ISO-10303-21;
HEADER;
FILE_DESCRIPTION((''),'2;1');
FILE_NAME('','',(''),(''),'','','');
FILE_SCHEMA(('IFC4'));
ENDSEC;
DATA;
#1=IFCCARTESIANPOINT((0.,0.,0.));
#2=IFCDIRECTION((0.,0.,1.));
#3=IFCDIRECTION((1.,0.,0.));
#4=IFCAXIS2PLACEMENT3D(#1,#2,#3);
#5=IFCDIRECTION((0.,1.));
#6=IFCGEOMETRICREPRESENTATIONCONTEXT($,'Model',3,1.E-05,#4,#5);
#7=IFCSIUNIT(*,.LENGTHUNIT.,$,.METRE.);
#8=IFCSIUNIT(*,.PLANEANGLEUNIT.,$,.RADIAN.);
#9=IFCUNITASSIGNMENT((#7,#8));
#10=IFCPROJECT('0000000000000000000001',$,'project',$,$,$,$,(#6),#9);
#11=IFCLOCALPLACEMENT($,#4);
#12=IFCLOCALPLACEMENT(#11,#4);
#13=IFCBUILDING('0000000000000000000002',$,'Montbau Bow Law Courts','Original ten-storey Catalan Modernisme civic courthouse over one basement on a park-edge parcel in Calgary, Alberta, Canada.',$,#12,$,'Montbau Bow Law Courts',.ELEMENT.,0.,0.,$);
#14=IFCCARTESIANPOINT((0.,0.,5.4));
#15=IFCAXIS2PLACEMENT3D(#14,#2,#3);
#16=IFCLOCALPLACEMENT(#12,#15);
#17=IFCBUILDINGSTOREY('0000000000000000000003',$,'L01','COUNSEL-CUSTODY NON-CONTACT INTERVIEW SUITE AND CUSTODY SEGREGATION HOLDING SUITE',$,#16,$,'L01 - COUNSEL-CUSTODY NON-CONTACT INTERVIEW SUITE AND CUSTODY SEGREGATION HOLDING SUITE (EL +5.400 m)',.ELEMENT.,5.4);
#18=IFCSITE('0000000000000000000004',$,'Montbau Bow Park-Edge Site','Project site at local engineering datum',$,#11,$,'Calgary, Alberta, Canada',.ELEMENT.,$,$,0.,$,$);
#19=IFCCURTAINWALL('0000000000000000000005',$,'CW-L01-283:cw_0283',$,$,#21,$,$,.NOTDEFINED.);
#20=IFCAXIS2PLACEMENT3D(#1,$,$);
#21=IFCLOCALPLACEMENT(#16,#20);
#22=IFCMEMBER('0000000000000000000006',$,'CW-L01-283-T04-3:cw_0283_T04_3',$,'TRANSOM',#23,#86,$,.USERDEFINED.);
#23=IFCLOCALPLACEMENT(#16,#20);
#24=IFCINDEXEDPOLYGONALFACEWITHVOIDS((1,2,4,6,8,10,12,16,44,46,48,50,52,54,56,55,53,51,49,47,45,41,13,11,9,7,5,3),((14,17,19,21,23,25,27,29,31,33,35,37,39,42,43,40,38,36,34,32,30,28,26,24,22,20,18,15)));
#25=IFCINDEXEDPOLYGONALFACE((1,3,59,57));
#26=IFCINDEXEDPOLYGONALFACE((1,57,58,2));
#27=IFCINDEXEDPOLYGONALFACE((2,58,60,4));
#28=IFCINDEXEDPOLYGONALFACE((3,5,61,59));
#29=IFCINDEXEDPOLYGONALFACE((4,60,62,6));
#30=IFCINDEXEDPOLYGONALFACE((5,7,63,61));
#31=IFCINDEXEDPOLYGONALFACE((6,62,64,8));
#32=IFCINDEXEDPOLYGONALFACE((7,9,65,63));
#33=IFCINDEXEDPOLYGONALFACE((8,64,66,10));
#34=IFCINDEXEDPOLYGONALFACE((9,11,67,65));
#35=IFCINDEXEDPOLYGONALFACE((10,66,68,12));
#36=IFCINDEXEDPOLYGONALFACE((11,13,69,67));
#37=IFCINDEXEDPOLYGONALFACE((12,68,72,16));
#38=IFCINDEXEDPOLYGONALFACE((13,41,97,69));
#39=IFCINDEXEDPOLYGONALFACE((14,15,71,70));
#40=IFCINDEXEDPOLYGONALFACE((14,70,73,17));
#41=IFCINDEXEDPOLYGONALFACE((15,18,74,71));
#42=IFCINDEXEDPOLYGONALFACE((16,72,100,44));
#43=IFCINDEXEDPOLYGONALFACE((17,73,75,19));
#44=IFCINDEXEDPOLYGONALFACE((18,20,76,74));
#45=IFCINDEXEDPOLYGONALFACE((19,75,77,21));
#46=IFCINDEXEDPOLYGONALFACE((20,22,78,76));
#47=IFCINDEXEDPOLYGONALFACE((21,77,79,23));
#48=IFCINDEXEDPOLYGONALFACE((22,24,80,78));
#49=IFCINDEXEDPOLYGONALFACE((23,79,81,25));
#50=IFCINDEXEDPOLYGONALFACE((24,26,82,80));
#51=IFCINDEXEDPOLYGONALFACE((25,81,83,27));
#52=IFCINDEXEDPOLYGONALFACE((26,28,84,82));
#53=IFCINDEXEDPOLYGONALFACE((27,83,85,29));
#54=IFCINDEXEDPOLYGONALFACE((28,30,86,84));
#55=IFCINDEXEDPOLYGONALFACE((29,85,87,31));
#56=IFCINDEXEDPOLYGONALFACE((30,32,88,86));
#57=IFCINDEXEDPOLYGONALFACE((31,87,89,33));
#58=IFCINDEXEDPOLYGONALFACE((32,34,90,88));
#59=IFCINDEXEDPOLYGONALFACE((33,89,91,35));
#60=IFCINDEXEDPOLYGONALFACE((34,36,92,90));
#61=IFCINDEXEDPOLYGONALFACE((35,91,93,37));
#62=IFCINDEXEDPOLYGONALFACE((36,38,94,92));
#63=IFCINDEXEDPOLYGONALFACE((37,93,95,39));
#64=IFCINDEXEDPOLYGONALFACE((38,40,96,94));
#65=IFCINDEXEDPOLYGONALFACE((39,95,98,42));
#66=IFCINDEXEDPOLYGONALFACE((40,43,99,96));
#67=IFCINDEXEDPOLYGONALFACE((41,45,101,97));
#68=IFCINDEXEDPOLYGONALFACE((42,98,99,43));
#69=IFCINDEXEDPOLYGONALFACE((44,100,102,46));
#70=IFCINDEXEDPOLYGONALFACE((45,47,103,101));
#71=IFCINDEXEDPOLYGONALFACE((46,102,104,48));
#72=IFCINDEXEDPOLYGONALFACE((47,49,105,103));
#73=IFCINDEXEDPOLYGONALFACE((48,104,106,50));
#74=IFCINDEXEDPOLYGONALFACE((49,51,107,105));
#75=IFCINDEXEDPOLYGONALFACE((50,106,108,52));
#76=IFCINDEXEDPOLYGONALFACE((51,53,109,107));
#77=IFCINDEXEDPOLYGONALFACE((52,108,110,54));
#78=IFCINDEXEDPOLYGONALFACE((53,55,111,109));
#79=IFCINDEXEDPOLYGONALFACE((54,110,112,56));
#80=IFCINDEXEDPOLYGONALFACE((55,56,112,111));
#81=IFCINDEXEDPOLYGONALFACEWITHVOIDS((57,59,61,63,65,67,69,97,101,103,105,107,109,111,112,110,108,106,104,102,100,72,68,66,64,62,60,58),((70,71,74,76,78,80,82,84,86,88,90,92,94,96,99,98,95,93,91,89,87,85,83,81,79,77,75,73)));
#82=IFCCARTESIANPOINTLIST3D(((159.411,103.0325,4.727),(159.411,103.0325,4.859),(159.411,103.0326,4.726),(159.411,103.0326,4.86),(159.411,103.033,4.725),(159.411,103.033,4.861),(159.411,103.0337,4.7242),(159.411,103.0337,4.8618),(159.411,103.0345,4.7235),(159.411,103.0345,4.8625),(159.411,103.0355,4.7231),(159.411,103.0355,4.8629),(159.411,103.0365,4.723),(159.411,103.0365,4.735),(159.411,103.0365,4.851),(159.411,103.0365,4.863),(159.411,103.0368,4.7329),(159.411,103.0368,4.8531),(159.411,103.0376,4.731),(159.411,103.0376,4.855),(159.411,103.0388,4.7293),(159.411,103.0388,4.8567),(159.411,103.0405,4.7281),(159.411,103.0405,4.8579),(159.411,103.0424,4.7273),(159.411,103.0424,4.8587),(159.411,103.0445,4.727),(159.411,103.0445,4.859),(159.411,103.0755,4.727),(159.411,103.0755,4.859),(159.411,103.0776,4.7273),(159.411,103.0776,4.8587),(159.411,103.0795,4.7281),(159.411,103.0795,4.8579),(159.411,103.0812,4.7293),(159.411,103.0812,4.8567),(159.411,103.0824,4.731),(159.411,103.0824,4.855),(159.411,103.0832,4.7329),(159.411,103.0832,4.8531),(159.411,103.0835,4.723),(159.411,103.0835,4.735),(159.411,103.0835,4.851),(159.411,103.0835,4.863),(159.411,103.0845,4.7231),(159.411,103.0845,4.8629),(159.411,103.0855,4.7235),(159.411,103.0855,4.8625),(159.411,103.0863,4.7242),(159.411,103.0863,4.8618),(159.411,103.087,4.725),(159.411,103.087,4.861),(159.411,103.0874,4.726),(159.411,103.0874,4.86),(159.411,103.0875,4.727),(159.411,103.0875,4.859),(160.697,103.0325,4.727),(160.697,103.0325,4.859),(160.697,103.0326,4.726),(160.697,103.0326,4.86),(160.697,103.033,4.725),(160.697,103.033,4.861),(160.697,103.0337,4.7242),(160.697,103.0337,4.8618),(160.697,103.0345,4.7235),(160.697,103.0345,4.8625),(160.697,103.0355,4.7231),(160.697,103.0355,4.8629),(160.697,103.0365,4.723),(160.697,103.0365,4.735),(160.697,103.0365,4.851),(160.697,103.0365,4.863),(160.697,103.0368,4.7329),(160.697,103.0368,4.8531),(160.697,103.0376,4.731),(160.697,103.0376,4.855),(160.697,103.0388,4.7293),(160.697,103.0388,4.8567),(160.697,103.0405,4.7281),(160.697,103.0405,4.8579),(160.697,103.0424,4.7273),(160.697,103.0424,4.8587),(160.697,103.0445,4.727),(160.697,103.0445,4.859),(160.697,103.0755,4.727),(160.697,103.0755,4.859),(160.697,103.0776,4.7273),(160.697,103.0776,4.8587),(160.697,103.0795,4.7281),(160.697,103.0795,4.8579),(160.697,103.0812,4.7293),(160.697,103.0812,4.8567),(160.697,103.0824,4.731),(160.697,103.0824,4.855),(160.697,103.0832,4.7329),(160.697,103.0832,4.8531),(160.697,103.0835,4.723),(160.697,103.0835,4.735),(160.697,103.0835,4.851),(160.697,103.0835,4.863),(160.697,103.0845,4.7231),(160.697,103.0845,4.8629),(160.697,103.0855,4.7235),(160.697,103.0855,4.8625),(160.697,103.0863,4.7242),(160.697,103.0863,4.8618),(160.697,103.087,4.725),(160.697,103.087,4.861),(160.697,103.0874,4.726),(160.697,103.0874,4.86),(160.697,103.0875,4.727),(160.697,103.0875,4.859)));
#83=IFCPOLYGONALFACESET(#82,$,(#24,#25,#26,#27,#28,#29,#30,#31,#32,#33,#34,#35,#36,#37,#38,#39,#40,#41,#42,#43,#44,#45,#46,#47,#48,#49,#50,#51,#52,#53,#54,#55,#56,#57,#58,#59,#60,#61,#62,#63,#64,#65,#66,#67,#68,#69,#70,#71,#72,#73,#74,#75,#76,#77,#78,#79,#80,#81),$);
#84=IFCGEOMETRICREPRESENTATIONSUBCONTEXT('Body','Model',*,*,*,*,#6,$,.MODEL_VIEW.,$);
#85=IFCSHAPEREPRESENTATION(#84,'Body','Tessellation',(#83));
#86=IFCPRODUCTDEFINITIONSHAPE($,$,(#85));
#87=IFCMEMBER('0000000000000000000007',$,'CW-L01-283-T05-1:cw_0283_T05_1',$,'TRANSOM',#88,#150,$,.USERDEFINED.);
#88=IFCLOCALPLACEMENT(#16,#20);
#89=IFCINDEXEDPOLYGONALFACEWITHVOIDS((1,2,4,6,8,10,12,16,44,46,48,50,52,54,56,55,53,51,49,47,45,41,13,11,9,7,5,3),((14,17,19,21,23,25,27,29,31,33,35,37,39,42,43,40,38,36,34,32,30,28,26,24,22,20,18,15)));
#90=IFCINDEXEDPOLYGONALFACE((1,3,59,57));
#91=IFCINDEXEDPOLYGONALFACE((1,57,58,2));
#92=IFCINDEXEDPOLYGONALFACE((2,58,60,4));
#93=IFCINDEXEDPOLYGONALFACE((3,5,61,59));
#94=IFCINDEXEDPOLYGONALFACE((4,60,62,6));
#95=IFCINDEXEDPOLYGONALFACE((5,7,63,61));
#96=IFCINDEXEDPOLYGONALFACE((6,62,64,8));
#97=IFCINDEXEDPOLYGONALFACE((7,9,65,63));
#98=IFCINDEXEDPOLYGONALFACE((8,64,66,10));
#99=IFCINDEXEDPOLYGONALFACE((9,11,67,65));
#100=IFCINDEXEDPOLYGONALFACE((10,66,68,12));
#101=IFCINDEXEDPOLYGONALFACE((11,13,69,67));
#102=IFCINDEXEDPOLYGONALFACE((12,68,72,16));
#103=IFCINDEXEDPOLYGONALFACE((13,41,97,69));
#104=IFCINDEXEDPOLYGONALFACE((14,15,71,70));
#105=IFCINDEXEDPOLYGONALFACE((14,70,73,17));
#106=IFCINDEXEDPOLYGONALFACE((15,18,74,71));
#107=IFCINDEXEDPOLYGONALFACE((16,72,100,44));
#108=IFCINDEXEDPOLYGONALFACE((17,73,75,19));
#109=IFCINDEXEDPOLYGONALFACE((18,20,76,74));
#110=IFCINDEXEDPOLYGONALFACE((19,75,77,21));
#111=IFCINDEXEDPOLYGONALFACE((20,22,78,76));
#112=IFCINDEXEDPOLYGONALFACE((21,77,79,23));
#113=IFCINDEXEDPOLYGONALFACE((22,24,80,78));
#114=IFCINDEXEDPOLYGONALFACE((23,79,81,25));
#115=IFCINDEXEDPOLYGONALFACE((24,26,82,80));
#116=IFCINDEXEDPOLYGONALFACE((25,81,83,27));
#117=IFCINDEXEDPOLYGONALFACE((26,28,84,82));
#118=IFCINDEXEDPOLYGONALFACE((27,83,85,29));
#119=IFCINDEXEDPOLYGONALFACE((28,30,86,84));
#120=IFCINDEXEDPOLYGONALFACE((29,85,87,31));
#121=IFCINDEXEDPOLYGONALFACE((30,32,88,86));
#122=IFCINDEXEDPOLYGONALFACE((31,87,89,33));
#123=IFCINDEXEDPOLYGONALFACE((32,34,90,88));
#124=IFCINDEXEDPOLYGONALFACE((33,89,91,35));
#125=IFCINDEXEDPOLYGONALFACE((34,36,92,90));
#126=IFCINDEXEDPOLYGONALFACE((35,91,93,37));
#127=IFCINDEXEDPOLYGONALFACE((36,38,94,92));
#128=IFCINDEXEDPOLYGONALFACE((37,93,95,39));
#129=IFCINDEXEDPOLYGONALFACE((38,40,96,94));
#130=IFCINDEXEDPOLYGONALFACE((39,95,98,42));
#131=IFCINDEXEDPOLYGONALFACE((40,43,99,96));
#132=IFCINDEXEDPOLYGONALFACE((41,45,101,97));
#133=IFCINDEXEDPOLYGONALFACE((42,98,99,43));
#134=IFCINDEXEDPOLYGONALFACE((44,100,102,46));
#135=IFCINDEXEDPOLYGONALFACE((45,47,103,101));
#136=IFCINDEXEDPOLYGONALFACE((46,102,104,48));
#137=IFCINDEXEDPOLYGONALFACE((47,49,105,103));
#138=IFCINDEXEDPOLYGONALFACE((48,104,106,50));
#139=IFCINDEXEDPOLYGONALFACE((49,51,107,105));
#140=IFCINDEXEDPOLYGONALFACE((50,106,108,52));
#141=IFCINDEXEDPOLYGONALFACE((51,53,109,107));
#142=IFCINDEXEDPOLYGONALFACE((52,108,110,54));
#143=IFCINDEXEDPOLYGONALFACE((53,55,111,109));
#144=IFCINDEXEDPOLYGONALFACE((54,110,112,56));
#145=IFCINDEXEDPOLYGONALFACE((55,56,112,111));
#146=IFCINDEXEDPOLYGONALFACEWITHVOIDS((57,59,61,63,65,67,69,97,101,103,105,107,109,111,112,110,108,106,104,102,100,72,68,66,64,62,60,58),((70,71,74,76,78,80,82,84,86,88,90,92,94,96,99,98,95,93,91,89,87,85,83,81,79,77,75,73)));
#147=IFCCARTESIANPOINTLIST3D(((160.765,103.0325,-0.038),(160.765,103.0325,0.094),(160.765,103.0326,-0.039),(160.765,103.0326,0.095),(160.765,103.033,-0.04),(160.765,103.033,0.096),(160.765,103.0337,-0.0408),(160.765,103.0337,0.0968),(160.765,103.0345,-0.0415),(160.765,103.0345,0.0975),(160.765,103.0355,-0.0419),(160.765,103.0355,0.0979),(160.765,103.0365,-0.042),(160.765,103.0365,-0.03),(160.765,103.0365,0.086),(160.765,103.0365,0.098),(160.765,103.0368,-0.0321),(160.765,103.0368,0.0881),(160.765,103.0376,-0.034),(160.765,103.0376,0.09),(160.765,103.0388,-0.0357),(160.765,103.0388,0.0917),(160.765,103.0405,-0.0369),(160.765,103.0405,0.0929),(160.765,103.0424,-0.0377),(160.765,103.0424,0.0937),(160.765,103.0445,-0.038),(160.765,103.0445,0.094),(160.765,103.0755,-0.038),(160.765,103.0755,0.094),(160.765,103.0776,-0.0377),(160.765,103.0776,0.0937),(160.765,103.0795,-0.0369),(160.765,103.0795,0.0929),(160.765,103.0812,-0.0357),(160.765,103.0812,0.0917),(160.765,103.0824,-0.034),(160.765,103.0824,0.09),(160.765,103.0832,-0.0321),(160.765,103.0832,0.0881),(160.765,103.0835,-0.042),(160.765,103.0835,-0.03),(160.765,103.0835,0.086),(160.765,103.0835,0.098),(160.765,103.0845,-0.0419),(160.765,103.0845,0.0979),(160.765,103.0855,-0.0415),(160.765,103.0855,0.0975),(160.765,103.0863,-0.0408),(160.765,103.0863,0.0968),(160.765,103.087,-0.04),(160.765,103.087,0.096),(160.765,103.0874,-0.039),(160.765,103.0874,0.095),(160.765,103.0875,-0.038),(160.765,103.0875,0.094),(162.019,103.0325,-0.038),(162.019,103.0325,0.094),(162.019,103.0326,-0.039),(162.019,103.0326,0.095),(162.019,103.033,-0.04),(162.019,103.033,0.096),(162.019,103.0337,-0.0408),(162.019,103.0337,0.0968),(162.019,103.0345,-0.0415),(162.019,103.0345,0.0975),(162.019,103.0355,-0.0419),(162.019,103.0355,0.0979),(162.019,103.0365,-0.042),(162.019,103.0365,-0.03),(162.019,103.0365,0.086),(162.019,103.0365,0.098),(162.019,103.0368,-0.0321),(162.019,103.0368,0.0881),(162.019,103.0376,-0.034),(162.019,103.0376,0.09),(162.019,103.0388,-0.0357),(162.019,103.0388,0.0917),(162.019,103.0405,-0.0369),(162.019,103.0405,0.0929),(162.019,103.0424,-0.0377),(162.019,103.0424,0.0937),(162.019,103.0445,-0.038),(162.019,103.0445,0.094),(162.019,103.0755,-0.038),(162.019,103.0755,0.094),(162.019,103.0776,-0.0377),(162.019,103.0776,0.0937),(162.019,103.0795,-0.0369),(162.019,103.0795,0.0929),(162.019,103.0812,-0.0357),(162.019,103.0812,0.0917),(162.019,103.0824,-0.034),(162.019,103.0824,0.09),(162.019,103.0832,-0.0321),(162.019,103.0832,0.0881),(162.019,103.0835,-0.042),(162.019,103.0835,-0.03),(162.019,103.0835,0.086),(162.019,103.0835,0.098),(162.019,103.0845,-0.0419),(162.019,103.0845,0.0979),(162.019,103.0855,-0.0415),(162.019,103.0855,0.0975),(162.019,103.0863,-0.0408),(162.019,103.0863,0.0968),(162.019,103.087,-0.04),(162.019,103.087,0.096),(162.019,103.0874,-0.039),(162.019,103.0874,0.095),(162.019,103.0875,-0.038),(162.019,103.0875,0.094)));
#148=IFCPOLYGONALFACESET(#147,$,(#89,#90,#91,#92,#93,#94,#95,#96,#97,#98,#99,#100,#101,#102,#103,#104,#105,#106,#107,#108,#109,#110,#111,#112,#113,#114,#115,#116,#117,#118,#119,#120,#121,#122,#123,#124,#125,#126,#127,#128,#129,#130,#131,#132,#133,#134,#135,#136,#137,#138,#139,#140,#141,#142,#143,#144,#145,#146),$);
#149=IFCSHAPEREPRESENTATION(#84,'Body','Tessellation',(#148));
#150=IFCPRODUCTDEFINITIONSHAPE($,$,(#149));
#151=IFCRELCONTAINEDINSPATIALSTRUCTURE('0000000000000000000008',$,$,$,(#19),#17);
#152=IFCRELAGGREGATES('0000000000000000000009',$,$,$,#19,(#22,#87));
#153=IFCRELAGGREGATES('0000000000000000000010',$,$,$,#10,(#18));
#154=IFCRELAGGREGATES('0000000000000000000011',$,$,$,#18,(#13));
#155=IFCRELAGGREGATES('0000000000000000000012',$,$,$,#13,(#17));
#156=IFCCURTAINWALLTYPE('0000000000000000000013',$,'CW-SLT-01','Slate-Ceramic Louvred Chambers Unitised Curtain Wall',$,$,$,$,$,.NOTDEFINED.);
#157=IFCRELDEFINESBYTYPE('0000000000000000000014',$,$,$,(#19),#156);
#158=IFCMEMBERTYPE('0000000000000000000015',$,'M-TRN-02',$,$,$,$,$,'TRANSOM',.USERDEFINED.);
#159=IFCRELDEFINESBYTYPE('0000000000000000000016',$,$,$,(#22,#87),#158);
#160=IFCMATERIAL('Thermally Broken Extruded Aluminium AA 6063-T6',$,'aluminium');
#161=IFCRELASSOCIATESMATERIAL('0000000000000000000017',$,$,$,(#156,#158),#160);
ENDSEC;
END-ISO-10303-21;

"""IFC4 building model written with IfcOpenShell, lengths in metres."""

from ifc_helpers import new_model, si_unit, direction, frame, origin_with_axes, origin_2d_with_axis, place, context, subcontext, project, spatial, hollow_rectangle, extrude, material, material_profile, profile_set, type_object, element, aggregate, save


model = new_model("IFC4")

# Units and contexts
model_context = context("Model", 3, precision=1e-05, world=origin_with_axes(), true_north=direction((0.0, 1.0)))
body_context = subcontext(model_context, "Body", "Model", "MODEL_VIEW")
ifc_project = project(units=[si_unit("LENGTHUNIT", "METRE"), si_unit("PLANEANGLEUNIT", "RADIAN")], contexts=[model_context])

# Site, building, storey
site_placement = place(None, origin_with_axes())
site = spatial("IfcSite", under=ifc_project, at=site_placement, Name="Montbau Bow Park-Edge Site", Description="Project site at local engineering datum", LongName="Calgary, Alberta, Canada", CompositionType="ELEMENT", RefElevation=0.0)
building_placement = place(site_placement, origin_with_axes())
building = spatial("IfcBuilding", under=site, at=building_placement, Name="Montbau Bow Law Courts", Description="Original ten-storey Catalan Modernisme civic courthouse over one basement on a park-edge parcel in Calgary, Alberta, Canada.", LongName="Montbau Bow Law Courts", CompositionType="ELEMENT", ElevationOfRefHeight=0.0, ElevationOfTerrain=0.0)
storey_placement = place(building_placement, frame((0.0, 0.0, 5.4), z_axis=(0.0, 0.0, 1.0), x_axis=(1.0, 0.0, 0.0)))
storey = spatial("IfcBuildingStorey", under=building, at=storey_placement, Name="L01", Description="COUNSEL-CUSTODY NON-CONTACT INTERVIEW SUITE AND CUSTODY SEGREGATION HOLDING SUITE", LongName="L01 - COUNSEL-CUSTODY NON-CONTACT INTERVIEW SUITE AND CUSTODY SEGREGATION HOLDING SUITE (EL +5.400 m)", CompositionType="ELEMENT", Elevation=5.4)

# Curtain wall, members
ifc_material_1 = material(Name="Thermally Broken Extruded Aluminium AA 6063-T6", Category="aluminium")
curtain_wall_type = type_object("IfcCurtainWallType", Name="CW-SLT-01", Description="Slate-Ceramic Louvred Chambers Unitised Curtain Wall", PredefinedType="NOTDEFINED", material=ifc_material_1)
curtain_wall_placement = place(None, frame((155.315, 103.06, 5.4), z_axis=(0.0, 0.0, 1.0), x_axis=(1.0, 0.0, 0.0)))
curtain_wall = element("IfcCurtainWall", 1, at=curtain_wall_placement, inside=storey, type_object=curtain_wall_type, Name="CW-L01-283:cw_0283", PredefinedType="NOTDEFINED")
ifc_material_profile_1 = material_profile(ifc_material_1, hollow_rectangle(XDim=0.055, YDim=0.14, WallThickness=0.004, InnerFilletRadius=0.008, OuterFilletRadius=0.004, at=origin_2d_with_axis()), Name="CWT-140X55", Category="Main", Priority=0)
ifc_profile_set_1 = profile_set([ifc_material_profile_1], Name="Thermally Broken Extruded Aluminium AA 6063-T6")
member_type_1 = type_object("IfcMemberType", Name="M-TRN-02", ElementType="TRANSOM", PredefinedType="USERDEFINED", material=ifc_profile_set_1)
member_1_placement = place(None, frame((159.411, 103.06, 10.193), z_axis=(1.0, 0.0, 0.0), x_axis=(0.0, 1.0, 0.0)))
member_1 = element("IfcMember", 2, at=member_1_placement, type_object=member_type_1, Name="CW-L01-283-T04-3:cw_0283_T04_3", ObjectType="TRANSOM", PredefinedType="USERDEFINED", context=body_context, shape_type="SweptSolid", body=[
    extrude(hollow_rectangle(XDim=0.055, YDim=0.14, WallThickness=0.004, InnerFilletRadius=0.008, OuterFilletRadius=0.004, at=origin_2d_with_axis()), origin_with_axes(), (0.0, 0.0, 1.0), 1.286),
])
member_2_placement = place(None, frame((160.765, 103.06, 5.428), z_axis=(1.0, 0.0, 0.0), x_axis=(0.0, 1.0, 0.0)))
member_2 = element("IfcMember", 3, at=member_2_placement, type_object=member_type_1, Name="CW-L01-283-T05-1:cw_0283_T05_1", ObjectType="TRANSOM", PredefinedType="USERDEFINED", context=body_context, shape_type="SweptSolid", body=[
    extrude(hollow_rectangle(XDim=0.055, YDim=0.14, WallThickness=0.004, InnerFilletRadius=0.008, OuterFilletRadius=0.004, at=origin_2d_with_axis()), origin_with_axes(), (0.0, 0.0, 1.0), 1.254),
])
aggregate(curtain_wall, [member_1, member_2])

save(model, "model.ifc")
